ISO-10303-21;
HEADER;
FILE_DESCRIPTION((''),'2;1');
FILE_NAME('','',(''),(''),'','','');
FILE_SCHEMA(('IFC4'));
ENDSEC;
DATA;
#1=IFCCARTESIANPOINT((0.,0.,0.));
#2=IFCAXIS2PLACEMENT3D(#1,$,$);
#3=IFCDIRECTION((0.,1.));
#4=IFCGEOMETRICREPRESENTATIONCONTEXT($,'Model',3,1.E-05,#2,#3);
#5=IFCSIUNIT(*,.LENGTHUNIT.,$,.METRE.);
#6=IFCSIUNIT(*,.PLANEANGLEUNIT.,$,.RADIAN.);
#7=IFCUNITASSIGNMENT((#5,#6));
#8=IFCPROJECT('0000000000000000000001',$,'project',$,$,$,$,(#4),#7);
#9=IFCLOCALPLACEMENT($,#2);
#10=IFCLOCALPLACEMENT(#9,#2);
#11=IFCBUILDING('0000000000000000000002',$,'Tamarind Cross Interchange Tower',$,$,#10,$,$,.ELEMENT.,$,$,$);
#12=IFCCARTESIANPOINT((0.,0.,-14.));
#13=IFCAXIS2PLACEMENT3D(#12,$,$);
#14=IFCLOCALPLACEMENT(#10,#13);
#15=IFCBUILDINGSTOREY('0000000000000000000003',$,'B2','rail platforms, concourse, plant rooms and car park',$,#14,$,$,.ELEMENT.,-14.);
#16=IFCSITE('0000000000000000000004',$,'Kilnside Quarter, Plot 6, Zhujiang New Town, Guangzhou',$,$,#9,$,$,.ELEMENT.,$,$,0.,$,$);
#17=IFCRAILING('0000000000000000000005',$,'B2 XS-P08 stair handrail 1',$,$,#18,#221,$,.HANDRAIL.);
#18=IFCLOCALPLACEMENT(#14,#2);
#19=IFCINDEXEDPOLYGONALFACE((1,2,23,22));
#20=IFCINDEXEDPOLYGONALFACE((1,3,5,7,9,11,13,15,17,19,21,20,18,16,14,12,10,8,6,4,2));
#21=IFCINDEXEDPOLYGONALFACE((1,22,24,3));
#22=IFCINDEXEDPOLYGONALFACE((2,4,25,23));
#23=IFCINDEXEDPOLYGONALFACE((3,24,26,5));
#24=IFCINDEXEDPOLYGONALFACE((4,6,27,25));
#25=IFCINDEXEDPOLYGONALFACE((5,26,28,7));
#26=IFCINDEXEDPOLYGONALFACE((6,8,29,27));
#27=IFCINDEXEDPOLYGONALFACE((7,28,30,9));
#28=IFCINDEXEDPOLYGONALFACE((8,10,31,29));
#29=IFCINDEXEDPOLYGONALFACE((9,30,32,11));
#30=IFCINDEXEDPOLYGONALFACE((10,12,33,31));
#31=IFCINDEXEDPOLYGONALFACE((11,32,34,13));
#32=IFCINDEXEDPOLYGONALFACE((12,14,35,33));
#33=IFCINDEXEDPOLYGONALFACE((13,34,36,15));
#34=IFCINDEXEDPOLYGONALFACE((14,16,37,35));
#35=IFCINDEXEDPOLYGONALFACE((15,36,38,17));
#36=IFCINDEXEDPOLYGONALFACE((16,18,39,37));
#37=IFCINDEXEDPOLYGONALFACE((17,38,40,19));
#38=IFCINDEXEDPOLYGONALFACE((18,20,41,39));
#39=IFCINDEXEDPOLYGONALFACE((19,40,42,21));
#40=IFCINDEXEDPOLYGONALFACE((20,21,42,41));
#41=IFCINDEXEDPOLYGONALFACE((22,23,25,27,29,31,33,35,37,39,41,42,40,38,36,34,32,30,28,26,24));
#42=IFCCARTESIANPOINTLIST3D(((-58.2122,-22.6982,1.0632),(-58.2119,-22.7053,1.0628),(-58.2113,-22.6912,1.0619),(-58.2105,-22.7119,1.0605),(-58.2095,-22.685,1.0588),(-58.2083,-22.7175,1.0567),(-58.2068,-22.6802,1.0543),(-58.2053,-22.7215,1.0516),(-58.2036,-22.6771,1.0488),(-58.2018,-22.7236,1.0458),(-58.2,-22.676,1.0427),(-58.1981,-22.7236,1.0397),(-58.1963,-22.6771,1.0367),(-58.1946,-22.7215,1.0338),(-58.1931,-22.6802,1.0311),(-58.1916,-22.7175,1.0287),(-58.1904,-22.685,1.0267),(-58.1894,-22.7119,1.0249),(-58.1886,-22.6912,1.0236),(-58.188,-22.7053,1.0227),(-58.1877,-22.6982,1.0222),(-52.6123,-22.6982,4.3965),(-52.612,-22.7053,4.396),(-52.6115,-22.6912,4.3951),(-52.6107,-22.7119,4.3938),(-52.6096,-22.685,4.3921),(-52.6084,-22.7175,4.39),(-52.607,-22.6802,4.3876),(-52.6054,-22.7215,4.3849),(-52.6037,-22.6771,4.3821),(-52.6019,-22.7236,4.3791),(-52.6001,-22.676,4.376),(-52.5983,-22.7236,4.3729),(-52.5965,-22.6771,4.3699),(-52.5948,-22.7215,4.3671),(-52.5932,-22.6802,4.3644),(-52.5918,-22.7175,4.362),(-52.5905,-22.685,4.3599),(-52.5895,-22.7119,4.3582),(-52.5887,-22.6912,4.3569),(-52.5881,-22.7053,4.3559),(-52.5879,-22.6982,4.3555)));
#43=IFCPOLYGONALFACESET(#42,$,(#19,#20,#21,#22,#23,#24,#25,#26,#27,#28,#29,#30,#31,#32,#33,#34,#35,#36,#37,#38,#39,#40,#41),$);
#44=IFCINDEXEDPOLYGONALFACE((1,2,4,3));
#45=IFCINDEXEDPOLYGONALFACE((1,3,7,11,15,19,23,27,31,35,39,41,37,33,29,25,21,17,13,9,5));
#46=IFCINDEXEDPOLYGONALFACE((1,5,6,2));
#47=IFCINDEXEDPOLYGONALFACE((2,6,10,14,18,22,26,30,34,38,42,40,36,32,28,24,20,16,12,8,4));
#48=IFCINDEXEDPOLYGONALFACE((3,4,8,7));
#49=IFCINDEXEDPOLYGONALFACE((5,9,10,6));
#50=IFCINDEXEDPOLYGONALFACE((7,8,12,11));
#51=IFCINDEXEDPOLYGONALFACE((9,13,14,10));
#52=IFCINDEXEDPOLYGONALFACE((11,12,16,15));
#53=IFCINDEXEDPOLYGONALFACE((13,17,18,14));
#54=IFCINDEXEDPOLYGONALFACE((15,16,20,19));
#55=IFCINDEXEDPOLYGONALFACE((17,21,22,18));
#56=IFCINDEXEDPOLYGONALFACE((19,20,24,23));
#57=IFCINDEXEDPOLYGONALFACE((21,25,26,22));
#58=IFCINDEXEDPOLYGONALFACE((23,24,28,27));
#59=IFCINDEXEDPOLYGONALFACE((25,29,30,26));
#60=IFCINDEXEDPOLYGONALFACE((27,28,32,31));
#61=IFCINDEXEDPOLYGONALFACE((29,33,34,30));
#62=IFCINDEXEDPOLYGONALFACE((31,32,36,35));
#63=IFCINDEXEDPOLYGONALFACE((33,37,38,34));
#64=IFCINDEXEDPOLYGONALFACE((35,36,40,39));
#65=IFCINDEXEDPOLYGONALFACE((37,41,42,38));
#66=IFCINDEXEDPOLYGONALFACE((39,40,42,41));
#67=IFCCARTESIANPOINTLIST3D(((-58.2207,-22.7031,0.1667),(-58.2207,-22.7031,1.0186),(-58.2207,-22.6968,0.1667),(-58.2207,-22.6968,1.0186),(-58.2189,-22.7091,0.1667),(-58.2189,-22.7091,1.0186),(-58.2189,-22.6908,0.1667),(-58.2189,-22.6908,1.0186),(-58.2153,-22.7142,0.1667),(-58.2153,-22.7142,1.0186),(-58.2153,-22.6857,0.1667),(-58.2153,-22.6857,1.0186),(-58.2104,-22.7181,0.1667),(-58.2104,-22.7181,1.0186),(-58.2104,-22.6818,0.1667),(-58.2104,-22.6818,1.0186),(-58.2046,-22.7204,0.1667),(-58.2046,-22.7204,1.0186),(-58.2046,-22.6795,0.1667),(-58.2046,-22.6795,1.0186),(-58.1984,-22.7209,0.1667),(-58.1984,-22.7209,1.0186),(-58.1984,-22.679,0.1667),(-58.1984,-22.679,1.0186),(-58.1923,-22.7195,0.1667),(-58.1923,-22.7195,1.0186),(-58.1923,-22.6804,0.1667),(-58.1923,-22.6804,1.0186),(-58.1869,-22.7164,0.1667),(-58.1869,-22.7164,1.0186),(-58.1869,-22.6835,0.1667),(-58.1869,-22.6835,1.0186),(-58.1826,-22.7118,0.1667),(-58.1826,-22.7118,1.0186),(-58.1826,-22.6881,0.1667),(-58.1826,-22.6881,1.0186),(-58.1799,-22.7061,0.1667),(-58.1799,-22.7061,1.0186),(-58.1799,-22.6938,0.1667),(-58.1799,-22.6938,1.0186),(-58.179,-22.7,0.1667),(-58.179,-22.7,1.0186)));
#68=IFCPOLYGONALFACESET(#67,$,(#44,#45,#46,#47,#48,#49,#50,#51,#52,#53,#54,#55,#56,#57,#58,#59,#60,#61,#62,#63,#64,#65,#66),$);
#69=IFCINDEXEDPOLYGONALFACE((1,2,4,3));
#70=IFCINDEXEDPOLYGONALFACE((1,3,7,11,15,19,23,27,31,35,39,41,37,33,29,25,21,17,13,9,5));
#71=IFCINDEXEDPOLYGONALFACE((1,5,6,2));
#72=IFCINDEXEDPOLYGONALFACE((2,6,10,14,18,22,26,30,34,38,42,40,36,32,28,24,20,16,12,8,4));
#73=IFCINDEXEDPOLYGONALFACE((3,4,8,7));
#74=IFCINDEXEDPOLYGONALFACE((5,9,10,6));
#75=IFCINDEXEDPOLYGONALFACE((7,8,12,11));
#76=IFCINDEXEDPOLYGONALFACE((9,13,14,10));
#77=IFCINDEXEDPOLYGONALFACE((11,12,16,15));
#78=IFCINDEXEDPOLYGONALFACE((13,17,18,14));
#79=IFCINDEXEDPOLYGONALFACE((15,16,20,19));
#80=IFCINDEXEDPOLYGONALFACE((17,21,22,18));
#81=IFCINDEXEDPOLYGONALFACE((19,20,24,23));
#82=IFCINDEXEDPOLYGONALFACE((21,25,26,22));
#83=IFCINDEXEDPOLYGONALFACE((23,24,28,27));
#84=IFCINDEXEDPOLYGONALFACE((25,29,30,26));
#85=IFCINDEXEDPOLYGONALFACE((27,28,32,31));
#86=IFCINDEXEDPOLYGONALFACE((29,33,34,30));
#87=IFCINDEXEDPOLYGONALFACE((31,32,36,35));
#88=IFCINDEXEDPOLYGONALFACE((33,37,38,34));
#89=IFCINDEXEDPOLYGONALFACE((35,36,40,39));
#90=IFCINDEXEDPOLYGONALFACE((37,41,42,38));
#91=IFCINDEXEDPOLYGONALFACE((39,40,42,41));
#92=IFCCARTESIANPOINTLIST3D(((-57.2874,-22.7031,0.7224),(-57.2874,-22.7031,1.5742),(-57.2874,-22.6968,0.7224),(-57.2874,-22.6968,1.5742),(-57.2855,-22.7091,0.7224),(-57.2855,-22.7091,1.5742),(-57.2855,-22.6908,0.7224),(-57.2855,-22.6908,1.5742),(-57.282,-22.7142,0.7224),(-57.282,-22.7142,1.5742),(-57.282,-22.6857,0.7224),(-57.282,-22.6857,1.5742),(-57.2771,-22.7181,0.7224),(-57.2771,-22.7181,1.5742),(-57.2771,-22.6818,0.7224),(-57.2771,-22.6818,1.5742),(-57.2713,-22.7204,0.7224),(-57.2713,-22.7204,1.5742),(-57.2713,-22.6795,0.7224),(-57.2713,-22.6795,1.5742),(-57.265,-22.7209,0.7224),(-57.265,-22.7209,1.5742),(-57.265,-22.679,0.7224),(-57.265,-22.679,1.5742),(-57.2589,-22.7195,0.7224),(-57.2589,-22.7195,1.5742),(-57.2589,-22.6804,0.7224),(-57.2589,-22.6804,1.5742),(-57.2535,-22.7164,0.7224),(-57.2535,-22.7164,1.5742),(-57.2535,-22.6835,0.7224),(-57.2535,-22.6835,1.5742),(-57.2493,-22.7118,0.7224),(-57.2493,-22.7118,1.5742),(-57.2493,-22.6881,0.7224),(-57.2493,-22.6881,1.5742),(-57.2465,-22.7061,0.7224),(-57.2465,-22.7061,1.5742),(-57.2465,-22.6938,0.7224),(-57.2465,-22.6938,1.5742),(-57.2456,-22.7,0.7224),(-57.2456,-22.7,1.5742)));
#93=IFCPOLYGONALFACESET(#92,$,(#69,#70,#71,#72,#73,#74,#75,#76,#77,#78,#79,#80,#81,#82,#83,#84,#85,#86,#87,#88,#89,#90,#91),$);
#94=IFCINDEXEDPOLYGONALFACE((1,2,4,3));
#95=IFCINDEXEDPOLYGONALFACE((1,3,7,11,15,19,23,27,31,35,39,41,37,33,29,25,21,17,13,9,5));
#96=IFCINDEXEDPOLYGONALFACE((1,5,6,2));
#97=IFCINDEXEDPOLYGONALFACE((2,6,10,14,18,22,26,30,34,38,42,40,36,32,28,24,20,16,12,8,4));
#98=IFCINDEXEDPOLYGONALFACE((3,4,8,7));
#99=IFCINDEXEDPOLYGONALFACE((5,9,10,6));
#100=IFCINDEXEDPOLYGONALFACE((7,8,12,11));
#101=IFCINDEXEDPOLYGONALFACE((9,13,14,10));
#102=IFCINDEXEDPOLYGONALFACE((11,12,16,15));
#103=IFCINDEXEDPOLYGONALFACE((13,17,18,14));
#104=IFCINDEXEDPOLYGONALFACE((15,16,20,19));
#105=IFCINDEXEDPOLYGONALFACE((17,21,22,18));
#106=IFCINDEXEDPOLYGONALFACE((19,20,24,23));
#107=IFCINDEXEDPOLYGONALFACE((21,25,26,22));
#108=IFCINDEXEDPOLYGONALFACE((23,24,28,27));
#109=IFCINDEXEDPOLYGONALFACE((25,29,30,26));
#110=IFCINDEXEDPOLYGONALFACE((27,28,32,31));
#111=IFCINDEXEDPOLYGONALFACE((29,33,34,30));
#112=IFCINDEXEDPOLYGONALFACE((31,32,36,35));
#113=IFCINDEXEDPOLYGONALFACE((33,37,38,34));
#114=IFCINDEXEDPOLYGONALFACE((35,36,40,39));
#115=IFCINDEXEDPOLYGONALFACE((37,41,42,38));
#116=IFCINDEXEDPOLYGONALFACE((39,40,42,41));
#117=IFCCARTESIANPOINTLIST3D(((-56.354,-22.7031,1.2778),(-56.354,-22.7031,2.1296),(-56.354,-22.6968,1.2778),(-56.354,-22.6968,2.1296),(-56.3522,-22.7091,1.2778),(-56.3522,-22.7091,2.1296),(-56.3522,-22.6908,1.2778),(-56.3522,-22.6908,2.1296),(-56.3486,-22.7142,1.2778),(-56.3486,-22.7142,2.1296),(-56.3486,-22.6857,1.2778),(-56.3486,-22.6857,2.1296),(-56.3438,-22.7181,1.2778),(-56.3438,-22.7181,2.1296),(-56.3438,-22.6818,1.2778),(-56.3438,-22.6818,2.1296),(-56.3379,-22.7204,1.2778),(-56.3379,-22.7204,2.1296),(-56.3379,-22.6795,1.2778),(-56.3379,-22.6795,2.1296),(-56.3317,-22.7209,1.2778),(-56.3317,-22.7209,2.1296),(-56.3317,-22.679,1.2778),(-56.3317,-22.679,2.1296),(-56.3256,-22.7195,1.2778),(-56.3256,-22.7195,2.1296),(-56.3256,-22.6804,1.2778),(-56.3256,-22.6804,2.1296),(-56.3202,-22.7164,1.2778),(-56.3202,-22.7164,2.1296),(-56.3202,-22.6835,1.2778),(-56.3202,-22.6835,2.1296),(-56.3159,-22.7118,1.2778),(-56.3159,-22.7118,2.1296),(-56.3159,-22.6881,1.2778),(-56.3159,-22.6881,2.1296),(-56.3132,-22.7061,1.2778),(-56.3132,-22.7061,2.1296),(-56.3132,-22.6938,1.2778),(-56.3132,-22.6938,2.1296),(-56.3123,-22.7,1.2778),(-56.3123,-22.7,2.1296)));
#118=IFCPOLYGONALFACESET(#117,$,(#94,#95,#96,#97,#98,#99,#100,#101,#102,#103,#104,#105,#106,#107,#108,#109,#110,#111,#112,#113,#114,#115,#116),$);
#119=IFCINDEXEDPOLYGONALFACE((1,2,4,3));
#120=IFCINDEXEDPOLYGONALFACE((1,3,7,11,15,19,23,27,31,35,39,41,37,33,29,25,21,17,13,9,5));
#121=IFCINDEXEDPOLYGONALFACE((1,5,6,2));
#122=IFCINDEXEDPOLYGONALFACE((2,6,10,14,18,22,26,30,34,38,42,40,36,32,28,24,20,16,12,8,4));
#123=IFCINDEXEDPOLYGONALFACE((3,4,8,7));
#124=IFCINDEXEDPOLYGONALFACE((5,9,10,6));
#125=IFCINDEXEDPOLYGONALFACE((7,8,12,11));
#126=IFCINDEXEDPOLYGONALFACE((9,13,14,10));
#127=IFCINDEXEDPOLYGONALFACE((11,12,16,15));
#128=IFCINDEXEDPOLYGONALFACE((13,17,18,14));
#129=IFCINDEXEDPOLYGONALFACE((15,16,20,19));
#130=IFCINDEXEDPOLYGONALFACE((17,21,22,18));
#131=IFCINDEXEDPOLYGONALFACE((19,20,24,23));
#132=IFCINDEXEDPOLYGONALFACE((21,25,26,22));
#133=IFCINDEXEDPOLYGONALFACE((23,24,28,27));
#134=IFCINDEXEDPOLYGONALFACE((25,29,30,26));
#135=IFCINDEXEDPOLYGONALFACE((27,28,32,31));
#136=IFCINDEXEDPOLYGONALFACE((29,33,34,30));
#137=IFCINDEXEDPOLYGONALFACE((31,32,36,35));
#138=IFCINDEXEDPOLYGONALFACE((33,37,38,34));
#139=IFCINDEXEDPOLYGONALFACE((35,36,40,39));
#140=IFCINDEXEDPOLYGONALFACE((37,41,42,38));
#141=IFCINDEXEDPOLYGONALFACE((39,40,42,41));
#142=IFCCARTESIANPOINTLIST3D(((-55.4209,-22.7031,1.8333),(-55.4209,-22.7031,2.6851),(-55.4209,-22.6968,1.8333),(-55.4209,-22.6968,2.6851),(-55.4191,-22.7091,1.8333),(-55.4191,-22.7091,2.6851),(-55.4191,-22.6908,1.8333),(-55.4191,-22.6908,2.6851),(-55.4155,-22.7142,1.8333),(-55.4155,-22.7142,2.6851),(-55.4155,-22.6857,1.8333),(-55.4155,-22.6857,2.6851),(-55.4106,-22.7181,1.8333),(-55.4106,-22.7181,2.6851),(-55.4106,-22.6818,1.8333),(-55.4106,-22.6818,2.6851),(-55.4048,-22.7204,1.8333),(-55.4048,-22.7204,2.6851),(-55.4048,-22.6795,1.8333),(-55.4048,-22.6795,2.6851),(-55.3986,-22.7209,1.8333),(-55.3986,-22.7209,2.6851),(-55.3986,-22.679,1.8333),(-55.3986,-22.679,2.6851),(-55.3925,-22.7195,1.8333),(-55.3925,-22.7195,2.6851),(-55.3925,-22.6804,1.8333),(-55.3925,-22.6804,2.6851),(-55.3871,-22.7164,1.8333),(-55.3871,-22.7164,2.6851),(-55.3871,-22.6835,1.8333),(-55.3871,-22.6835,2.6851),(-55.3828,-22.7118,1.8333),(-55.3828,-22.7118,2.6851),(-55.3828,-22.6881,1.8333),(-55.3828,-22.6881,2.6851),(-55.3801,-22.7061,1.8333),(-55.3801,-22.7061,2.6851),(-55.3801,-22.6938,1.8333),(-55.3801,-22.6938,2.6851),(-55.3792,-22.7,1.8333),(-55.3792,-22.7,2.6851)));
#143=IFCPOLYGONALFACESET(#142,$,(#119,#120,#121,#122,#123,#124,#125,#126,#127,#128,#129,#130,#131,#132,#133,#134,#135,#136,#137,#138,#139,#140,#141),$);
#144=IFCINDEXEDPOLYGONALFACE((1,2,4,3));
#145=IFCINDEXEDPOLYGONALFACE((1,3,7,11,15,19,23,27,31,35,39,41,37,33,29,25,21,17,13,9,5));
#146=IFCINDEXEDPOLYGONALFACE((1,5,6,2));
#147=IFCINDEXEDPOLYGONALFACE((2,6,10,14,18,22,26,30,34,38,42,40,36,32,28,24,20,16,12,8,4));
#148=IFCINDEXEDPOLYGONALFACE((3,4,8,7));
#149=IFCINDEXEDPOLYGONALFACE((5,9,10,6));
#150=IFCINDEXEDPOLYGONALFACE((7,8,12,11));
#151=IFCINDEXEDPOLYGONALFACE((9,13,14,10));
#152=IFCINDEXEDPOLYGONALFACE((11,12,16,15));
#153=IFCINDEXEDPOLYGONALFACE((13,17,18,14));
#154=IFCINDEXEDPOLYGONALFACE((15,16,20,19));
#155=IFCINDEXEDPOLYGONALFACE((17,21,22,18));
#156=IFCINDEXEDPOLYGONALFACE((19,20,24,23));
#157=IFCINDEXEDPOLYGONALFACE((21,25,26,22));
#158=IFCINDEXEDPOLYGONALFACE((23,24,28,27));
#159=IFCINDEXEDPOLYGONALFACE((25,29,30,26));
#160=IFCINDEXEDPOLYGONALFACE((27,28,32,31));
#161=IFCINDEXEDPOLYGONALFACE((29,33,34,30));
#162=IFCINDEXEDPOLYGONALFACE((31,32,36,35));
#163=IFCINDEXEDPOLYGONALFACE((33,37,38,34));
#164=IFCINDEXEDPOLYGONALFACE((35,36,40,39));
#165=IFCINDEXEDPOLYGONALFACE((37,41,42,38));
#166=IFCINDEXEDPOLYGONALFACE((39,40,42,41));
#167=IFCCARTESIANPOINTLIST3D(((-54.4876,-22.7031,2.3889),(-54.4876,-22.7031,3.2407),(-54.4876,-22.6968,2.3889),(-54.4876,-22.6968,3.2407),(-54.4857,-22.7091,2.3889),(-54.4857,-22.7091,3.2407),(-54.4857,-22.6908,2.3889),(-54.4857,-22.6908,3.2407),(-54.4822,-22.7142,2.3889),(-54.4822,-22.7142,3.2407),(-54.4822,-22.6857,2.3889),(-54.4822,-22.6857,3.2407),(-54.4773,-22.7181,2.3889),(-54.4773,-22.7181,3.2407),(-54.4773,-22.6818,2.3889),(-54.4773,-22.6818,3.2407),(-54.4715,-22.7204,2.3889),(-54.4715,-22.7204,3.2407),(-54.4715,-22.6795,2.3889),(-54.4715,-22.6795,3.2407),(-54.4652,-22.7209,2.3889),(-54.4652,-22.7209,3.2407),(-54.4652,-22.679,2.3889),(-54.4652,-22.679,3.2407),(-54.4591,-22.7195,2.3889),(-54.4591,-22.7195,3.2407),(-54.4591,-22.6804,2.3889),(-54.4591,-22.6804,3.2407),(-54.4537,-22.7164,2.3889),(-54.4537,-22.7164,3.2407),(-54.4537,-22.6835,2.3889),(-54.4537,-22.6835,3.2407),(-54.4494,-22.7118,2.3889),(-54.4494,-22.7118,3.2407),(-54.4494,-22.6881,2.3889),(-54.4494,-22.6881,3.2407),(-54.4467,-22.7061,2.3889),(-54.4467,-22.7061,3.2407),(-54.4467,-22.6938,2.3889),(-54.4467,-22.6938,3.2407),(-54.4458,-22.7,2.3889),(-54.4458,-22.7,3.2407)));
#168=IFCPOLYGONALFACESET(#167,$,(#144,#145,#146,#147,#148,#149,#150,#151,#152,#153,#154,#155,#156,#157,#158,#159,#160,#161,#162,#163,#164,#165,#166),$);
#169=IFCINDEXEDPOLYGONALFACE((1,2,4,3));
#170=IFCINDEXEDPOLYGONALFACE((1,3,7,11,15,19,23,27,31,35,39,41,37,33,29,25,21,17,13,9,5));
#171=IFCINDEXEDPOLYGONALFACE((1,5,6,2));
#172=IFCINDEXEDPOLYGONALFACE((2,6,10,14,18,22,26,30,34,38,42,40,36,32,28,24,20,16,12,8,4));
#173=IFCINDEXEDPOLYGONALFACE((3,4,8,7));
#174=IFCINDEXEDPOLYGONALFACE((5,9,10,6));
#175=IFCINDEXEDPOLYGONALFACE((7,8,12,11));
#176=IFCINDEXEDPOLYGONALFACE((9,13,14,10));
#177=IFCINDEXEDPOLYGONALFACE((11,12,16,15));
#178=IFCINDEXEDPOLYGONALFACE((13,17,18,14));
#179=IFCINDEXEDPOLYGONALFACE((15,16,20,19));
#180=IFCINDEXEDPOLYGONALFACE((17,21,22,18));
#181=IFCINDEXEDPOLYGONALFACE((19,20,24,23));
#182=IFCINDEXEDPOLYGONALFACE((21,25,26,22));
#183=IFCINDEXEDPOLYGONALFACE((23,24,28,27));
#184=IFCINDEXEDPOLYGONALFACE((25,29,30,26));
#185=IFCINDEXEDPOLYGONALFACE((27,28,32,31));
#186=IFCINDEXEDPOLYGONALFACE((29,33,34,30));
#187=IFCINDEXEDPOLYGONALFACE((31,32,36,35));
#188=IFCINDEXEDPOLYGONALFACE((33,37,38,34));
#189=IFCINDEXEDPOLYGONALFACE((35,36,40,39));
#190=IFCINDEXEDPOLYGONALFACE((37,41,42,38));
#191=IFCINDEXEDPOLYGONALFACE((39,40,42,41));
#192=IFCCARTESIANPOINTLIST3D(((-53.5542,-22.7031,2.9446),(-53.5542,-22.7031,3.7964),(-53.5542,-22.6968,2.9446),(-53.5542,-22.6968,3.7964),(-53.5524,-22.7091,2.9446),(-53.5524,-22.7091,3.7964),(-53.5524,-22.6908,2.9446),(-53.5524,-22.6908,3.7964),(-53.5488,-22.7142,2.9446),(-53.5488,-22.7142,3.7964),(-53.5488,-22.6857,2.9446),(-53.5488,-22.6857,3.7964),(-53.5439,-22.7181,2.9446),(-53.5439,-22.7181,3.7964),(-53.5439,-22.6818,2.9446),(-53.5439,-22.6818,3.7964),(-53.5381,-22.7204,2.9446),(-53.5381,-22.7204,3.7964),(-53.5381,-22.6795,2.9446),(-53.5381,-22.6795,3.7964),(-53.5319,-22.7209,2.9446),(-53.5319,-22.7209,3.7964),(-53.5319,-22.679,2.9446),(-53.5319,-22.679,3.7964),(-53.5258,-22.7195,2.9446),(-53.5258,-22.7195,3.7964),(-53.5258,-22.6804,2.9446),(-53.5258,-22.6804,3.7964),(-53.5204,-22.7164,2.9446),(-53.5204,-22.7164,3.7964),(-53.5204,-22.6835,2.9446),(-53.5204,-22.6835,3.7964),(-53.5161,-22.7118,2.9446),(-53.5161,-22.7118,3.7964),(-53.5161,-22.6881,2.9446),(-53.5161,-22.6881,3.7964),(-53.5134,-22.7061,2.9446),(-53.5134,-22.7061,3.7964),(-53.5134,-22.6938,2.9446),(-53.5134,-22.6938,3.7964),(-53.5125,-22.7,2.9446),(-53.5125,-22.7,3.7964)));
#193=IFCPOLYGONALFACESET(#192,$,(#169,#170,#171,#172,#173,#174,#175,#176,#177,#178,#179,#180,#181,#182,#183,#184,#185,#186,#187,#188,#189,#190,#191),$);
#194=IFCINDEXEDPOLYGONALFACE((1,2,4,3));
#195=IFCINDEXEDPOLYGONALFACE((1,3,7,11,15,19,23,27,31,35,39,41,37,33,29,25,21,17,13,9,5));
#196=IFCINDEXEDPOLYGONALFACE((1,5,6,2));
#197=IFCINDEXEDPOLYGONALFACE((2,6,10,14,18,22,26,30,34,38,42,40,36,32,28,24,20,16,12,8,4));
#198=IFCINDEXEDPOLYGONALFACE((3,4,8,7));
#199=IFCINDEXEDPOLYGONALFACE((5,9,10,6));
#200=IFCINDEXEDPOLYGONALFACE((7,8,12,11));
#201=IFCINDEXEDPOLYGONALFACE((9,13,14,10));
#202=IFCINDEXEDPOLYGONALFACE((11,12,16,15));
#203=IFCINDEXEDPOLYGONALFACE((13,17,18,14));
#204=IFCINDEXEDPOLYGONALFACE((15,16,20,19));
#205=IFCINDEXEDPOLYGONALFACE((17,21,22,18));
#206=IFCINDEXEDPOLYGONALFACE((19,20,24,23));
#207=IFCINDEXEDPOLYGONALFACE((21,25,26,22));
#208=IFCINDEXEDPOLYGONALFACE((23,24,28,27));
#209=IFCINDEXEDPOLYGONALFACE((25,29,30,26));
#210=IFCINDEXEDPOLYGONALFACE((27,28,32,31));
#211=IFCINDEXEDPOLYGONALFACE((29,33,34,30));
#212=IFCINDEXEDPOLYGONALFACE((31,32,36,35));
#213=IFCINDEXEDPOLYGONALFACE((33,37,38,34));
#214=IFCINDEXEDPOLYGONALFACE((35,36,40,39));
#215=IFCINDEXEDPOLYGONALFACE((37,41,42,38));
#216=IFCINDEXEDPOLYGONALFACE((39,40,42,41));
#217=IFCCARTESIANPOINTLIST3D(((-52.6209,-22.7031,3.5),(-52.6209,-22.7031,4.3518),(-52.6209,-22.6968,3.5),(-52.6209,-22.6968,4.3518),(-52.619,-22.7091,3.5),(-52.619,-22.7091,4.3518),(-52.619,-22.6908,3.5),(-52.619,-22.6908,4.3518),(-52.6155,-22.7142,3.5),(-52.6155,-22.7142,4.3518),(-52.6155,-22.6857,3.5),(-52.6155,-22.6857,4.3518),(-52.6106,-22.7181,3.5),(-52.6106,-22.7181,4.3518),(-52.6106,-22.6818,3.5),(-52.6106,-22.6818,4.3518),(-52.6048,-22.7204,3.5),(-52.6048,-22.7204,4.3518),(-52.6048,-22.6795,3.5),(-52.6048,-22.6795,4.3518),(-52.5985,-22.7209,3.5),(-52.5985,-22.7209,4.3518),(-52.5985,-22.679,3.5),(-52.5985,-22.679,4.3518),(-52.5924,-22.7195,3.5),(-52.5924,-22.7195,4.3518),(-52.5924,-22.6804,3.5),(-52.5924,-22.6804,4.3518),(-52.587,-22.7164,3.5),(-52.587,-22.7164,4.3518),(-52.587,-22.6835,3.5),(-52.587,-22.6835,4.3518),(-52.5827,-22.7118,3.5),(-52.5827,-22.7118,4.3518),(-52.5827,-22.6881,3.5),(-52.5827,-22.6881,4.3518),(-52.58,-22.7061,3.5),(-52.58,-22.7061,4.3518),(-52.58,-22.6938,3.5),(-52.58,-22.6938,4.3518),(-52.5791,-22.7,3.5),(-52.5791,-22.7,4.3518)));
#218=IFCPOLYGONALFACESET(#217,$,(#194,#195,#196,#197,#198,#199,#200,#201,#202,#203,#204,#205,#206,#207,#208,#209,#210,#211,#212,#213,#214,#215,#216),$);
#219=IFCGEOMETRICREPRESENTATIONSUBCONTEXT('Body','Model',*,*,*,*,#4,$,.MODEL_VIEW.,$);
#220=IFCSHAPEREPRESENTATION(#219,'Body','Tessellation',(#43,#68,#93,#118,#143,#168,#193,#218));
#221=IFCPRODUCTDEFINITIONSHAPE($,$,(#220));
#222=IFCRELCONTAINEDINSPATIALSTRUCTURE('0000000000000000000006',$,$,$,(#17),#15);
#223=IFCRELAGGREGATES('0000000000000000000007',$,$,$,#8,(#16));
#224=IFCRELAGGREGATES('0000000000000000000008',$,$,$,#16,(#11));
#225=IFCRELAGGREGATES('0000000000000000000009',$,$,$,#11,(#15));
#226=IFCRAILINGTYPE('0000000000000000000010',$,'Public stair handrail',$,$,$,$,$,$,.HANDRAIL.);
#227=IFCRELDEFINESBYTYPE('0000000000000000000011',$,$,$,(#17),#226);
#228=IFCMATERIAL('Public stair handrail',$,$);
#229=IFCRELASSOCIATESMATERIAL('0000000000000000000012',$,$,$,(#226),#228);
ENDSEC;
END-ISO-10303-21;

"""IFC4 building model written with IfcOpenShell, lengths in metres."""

from ifc_helpers import new_model, si_unit, direction, frame, origin, origin_2d, place, context, subcontext, project, spatial, circle, extrude, material, type_object, element, save


model = new_model("IFC4")

# Units and contexts
model_context = context("Model", 3, precision=1e-05, world=origin(), true_north=direction((0.0, 1.0)))
body_context = subcontext(model_context, "Body", "Model", "MODEL_VIEW")
ifc_project = project(units=[si_unit("LENGTHUNIT", "METRE"), si_unit("PLANEANGLEUNIT", "RADIAN")], contexts=[model_context])

# Site, building, storey
site_placement = place(None, origin())
site = spatial("IfcSite", under=ifc_project, at=site_placement, Name="Kilnside Quarter, Plot 6, Zhujiang New Town, Guangzhou", CompositionType="ELEMENT", RefElevation=0.0)
building_placement = place(site_placement, origin())
building = spatial("IfcBuilding", under=site, at=building_placement, Name="Tamarind Cross Interchange Tower", CompositionType="ELEMENT")
storey_placement = place(building_placement, frame((0.0, 0.0, -14.0)))
storey = spatial("IfcBuildingStorey", under=building, at=storey_placement, Name="B2", Description="rail platforms, concourse, plant rooms and car park", CompositionType="ELEMENT", Elevation=-14.0)

# Railing
ifc_material_1 = material(Name="Public stair handrail")
railing_type_1 = type_object("IfcRailingType", Name="Public stair handrail", PredefinedType="HANDRAIL", material=ifc_material_1)
railing_1_placement = place(storey_placement, frame((-58.2, -22.7, 0.1667)))
element("IfcRailing", 1, at=railing_1_placement, inside=storey, type_object=railing_type_1, Name="B2 XS-P08 stair handrail 1", PredefinedType="HANDRAIL", context=body_context, shape_type="SweptSolid", body=[
    extrude(circle(Radius=0.0239, at=origin_2d()), frame((0.0, 0.0, 0.876), z_axis=(0.859292, 0.0, 0.511485), x_axis=(0.0, 1.0, 0.0)), (0.0, 0.0, 1.0), 6.5168),
    extrude(circle(Radius=0.021, at=origin_2d()), origin(), (0.0, 0.0, 1.0), 0.8518),
    extrude(circle(Radius=0.021, at=origin_2d()), frame((0.9333, 0.0, 0.5557)), (0.0, 0.0, 1.0), 0.8518),
    extrude(circle(Radius=0.021, at=origin_2d()), frame((1.8667, 0.0, 1.1111)), (0.0, 0.0, 1.0), 0.8518),
    extrude(circle(Radius=0.021, at=origin_2d()), frame((2.7998, 0.0, 1.6665)), (0.0, 0.0, 1.0), 0.8518),
    extrude(circle(Radius=0.021, at=origin_2d()), frame((3.7332, 0.0, 2.2222)), (0.0, 0.0, 1.0), 0.8518),
    extrude(circle(Radius=0.021, at=origin_2d()), frame((4.6665, 0.0, 2.7778)), (0.0, 0.0, 1.0), 0.8518),
    extrude(circle(Radius=0.021, at=origin_2d()), frame((5.5999, 0.0, 3.3333)), (0.0, 0.0, 1.0), 0.8518),
])

save(model, "model.ifc")
